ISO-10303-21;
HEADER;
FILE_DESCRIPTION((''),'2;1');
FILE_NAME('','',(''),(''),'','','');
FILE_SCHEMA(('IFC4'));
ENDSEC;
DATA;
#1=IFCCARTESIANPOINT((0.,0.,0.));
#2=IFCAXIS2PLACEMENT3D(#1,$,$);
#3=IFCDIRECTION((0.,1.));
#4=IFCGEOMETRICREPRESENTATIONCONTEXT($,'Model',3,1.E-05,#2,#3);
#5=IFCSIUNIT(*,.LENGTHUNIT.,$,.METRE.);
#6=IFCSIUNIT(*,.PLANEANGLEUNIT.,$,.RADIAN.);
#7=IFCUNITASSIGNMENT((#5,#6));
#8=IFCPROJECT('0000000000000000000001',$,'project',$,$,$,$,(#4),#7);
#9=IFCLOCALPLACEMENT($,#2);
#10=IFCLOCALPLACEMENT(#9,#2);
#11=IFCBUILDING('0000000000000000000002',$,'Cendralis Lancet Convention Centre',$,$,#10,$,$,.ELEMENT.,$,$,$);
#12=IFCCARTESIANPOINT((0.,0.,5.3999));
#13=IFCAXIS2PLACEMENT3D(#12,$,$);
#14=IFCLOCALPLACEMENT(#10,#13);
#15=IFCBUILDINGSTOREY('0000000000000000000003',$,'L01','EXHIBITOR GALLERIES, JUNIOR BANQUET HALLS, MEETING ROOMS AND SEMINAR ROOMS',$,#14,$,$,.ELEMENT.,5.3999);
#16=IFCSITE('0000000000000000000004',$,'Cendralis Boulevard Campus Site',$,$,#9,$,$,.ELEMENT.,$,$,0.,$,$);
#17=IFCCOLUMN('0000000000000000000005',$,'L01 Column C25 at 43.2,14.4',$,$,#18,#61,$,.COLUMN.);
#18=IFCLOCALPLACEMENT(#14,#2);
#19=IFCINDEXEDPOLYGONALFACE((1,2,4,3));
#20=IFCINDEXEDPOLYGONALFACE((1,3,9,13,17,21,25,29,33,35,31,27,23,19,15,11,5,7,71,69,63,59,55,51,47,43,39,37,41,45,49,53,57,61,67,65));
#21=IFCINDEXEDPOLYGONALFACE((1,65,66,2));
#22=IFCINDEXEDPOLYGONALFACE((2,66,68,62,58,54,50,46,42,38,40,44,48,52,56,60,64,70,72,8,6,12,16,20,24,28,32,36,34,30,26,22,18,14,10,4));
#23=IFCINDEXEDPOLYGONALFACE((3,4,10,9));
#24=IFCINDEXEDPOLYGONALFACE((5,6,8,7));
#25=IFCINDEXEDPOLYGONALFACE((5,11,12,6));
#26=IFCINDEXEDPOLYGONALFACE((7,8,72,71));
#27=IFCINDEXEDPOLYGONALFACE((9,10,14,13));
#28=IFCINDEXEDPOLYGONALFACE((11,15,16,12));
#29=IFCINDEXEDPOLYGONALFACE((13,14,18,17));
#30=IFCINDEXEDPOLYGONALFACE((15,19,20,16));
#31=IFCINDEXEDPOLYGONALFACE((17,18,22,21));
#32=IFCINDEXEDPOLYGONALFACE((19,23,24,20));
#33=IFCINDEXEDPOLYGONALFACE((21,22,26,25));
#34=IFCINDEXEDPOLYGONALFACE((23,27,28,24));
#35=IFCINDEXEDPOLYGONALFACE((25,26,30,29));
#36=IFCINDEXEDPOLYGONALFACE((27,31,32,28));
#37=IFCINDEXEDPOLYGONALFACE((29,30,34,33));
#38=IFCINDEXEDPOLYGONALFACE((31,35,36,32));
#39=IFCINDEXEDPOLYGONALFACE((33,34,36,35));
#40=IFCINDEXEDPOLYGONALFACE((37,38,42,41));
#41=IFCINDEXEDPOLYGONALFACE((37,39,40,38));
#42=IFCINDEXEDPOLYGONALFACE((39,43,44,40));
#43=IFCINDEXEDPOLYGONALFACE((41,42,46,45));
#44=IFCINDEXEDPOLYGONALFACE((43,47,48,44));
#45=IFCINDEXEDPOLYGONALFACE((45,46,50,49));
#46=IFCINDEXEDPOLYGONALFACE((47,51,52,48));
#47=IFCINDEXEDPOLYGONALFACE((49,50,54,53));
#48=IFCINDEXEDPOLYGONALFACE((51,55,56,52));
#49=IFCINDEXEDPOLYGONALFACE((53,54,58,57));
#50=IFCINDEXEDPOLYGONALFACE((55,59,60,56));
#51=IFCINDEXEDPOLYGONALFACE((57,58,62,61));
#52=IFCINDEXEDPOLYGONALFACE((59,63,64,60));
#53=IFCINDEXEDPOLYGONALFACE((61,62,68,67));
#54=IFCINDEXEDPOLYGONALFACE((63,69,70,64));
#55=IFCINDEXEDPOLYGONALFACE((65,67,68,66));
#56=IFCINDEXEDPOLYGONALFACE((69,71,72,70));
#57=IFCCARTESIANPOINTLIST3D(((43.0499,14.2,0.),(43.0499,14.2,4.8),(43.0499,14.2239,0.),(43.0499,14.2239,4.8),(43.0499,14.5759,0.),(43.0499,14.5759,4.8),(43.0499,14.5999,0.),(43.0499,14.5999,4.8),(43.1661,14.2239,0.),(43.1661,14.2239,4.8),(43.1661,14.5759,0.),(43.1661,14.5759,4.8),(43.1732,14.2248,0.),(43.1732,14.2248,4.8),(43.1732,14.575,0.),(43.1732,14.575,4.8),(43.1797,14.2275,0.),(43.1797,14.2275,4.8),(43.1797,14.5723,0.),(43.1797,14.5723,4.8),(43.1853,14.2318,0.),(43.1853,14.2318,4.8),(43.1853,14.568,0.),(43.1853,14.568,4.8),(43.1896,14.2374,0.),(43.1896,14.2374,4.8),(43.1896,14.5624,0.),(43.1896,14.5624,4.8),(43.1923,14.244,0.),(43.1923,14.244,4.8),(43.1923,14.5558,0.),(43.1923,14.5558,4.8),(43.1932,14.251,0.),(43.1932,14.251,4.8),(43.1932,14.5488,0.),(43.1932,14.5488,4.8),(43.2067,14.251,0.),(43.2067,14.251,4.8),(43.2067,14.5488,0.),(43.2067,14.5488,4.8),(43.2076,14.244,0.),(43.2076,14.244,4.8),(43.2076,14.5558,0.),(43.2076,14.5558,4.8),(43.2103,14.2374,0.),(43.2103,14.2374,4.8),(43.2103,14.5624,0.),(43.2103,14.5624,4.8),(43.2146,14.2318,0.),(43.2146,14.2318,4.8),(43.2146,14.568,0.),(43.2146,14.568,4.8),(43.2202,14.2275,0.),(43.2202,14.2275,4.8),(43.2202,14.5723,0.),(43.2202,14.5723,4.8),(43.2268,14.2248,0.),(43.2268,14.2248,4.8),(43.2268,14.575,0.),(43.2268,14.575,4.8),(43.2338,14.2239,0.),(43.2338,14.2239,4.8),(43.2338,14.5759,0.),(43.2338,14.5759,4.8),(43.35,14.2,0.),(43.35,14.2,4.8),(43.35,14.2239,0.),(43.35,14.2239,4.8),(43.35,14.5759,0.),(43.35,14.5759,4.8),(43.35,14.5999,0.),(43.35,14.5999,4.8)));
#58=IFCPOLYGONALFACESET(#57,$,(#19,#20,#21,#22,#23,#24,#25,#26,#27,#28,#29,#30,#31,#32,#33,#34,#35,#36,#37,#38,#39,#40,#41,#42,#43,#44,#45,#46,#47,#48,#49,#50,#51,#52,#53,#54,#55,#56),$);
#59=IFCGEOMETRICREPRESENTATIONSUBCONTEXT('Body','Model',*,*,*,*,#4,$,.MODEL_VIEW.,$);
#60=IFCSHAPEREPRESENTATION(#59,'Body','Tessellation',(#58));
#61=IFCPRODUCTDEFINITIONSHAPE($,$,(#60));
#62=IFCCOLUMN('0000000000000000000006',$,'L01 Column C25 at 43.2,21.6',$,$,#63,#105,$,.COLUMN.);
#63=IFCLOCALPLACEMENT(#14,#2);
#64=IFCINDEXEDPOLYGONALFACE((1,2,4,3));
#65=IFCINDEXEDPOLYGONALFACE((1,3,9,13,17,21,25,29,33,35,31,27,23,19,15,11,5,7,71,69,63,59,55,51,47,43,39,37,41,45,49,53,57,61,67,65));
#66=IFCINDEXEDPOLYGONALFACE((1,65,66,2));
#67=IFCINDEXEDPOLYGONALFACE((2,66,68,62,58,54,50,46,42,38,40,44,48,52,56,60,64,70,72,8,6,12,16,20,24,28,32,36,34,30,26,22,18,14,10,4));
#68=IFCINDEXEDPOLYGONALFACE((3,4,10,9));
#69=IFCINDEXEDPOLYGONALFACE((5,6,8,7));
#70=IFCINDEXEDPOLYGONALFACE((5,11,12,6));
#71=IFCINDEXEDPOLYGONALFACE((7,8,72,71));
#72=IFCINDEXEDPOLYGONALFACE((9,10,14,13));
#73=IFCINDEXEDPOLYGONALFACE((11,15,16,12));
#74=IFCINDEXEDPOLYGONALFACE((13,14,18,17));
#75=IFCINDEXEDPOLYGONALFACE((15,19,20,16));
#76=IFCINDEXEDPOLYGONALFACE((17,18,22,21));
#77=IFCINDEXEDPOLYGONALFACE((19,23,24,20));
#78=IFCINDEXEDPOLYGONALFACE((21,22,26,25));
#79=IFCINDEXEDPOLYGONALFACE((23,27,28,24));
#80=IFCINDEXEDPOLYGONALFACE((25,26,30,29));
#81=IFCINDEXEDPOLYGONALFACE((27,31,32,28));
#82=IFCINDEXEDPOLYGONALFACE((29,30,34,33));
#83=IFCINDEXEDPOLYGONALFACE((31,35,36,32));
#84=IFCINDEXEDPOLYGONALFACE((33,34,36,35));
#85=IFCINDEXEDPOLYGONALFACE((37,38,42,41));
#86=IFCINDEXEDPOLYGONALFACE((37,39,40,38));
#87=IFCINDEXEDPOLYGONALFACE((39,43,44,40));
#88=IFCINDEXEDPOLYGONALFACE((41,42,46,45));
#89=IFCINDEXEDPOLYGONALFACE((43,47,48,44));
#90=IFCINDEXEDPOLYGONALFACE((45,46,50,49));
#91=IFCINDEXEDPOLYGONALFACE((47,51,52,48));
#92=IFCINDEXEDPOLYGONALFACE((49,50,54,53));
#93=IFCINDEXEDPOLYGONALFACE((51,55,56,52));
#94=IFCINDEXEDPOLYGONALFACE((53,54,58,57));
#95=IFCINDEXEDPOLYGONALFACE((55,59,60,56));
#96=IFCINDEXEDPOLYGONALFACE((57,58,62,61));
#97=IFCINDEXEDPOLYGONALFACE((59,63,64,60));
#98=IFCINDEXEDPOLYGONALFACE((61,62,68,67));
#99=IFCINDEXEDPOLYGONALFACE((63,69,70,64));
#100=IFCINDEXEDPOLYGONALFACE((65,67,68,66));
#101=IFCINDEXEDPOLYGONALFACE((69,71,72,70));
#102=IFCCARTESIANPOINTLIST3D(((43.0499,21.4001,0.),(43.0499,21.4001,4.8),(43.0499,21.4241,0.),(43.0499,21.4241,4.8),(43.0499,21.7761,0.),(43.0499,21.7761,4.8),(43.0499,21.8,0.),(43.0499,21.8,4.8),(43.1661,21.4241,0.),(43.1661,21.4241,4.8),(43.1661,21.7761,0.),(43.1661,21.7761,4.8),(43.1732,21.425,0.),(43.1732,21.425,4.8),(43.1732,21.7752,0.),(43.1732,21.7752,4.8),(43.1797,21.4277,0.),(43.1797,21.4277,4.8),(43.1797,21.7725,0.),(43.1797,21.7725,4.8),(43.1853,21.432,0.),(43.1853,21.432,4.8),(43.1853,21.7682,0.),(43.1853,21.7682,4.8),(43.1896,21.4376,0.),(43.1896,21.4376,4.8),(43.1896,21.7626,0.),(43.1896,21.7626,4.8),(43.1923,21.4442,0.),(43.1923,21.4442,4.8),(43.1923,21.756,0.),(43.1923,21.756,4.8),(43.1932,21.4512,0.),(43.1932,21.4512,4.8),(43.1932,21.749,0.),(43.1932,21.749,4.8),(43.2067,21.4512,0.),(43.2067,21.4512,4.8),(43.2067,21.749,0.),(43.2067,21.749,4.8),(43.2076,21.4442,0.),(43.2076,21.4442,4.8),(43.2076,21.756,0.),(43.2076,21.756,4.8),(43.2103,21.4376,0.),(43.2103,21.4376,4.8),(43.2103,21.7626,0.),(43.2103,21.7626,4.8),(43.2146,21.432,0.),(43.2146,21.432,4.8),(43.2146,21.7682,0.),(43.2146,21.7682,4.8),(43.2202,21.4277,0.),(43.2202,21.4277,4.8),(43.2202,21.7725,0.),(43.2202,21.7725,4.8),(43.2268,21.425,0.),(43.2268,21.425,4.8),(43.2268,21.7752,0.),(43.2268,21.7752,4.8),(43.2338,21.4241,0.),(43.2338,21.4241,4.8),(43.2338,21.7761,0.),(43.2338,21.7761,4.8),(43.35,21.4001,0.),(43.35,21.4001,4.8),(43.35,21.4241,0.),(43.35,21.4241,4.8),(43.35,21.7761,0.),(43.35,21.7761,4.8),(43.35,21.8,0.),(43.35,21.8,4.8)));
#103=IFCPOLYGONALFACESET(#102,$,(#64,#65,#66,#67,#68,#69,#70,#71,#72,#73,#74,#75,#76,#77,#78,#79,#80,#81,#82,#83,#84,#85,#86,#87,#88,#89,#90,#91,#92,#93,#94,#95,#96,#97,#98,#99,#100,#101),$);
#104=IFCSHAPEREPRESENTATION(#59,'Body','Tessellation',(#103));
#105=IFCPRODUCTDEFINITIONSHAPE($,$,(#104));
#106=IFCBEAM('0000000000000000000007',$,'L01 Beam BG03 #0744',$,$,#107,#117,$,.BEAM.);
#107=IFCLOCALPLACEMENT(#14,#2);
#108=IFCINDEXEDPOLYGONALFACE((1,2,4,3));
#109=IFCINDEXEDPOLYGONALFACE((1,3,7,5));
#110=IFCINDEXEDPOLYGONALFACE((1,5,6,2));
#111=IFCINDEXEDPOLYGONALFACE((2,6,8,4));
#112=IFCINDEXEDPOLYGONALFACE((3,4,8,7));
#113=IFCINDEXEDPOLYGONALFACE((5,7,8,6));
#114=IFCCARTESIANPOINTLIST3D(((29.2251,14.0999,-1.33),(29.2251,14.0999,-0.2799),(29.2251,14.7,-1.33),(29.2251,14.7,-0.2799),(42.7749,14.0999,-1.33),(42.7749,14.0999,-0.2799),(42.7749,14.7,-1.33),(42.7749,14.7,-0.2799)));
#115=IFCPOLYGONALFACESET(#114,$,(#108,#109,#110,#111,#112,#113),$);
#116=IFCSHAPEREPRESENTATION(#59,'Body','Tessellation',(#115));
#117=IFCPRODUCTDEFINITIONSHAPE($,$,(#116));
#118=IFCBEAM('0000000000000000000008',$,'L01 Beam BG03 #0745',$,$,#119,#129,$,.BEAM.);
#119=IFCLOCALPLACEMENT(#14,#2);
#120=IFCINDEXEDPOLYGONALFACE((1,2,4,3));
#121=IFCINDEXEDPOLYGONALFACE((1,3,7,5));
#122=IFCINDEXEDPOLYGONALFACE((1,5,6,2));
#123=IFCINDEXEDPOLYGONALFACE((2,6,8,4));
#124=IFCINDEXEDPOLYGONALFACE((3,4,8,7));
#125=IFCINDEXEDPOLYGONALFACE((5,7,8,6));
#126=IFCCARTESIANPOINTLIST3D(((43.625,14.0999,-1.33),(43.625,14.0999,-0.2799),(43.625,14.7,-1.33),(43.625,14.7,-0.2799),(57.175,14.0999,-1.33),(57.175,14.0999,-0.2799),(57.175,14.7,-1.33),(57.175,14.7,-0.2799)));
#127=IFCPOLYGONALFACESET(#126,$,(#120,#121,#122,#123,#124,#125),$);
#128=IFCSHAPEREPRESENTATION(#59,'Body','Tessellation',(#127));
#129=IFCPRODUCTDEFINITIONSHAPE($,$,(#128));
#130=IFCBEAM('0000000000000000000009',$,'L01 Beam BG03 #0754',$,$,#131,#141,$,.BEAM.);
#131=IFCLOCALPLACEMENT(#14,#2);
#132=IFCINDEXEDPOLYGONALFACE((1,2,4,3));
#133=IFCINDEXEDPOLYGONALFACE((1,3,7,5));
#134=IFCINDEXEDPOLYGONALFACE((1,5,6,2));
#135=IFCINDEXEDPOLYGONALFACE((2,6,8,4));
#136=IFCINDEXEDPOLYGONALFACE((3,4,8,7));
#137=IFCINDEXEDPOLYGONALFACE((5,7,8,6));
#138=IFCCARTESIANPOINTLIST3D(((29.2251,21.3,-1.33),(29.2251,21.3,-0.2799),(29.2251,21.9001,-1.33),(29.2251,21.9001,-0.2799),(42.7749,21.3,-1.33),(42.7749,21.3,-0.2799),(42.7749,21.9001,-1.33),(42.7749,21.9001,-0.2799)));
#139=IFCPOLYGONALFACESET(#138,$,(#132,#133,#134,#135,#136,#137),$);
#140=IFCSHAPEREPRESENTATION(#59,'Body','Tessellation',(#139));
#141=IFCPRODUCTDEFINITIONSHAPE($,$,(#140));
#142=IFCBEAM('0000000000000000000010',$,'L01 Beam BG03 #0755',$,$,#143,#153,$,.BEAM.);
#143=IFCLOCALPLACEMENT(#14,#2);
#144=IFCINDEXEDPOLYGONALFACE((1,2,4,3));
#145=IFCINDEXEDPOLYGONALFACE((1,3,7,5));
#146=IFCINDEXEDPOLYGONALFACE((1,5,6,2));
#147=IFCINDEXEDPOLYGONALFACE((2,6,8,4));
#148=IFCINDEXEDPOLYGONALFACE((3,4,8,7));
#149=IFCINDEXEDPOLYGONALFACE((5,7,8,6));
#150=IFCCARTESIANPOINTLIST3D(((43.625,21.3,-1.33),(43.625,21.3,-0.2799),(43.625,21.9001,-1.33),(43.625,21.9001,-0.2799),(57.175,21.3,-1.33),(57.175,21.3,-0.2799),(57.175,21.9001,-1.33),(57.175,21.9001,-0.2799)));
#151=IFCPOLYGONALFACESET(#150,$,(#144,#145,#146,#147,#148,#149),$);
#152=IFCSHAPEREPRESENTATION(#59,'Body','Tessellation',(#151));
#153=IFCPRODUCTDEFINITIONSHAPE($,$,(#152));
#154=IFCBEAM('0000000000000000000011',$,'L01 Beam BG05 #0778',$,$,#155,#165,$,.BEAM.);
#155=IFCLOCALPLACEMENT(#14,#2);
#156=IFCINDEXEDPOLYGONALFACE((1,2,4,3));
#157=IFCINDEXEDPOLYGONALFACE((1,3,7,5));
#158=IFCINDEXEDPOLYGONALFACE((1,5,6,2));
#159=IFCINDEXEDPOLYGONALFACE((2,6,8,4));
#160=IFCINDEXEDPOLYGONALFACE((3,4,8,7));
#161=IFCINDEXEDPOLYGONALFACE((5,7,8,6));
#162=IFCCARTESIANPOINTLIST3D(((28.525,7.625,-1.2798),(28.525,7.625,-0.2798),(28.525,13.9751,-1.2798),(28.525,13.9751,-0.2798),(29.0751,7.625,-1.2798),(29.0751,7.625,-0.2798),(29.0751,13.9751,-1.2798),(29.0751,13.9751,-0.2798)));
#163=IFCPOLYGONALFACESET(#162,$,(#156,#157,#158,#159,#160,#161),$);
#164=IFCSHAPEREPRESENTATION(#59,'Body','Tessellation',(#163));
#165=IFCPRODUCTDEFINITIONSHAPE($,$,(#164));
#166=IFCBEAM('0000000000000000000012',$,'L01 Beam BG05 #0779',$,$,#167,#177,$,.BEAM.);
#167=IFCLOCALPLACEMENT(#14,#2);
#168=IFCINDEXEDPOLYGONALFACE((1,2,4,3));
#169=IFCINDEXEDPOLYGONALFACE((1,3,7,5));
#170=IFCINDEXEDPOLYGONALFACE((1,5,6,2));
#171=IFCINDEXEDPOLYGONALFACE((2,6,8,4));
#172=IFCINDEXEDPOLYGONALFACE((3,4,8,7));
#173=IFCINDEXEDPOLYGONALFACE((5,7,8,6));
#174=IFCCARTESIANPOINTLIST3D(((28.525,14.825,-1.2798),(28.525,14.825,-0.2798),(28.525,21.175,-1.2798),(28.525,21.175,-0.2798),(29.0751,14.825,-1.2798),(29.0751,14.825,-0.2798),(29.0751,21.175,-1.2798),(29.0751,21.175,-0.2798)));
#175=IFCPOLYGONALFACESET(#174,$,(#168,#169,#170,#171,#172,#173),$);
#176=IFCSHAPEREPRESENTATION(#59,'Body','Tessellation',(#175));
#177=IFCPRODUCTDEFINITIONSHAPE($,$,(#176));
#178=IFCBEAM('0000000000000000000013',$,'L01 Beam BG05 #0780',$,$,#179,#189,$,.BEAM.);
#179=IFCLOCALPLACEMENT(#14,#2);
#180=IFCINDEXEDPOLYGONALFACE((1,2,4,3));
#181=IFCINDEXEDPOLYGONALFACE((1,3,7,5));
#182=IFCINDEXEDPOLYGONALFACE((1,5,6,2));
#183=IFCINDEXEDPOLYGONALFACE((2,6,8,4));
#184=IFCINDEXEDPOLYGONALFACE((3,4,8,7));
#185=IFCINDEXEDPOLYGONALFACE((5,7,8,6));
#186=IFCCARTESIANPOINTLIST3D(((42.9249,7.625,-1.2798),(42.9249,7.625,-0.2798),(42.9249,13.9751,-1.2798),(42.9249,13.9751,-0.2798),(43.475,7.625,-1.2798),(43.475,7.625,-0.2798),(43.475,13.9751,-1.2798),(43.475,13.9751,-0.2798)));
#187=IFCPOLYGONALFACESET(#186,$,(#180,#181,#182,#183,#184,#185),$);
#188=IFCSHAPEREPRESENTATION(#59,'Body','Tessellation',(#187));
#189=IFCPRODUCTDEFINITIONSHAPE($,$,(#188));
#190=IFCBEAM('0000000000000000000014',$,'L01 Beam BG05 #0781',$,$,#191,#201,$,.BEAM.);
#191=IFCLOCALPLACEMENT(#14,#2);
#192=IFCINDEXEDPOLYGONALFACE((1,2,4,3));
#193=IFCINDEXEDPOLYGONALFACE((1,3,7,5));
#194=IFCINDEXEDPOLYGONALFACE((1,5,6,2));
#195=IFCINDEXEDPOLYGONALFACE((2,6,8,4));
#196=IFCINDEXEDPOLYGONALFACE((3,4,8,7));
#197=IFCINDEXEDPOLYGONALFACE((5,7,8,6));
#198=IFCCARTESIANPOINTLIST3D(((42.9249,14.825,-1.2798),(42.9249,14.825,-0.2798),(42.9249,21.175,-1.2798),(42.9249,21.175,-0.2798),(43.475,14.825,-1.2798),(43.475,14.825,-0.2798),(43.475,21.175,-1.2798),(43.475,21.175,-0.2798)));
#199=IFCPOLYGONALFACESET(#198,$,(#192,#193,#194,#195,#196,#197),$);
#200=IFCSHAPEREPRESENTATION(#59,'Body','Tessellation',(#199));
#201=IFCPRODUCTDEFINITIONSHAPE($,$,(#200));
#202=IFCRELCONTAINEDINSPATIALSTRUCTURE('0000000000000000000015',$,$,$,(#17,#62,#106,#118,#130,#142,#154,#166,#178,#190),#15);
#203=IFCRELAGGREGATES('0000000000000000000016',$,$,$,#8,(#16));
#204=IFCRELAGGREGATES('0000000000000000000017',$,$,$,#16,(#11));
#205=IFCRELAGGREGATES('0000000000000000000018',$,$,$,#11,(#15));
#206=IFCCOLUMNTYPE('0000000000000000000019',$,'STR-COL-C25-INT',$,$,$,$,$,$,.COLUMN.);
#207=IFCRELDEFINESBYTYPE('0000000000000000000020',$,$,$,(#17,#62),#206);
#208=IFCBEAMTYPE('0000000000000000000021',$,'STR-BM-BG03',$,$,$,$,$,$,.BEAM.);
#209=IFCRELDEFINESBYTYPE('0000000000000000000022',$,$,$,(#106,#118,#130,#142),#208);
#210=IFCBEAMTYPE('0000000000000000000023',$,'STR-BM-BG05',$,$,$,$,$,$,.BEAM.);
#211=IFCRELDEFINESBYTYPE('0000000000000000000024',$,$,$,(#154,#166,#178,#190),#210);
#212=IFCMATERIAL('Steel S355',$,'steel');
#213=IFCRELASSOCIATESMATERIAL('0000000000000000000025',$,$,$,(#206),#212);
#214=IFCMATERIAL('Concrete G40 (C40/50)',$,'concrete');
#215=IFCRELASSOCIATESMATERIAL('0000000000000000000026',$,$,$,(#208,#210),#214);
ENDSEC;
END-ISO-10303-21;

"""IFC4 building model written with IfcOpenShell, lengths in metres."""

from ifc_helpers import new_model, si_unit, direction, frame, origin, origin_2d, place, context, subcontext, project, spatial, rectangle, i_section, extrude, material, material_profile, profile_set, type_object, element, save


model = new_model("IFC4")

# Units and contexts
model_context = context("Model", 3, precision=1e-05, world=origin(), true_north=direction((0.0, 1.0)))
body_context = subcontext(model_context, "Body", "Model", "MODEL_VIEW")
ifc_project = project(units=[si_unit("LENGTHUNIT", "METRE"), si_unit("PLANEANGLEUNIT", "RADIAN")], contexts=[model_context])

# Site, building, storey
site_placement = place(None, origin())
site = spatial("IfcSite", under=ifc_project, at=site_placement, Name="Cendralis Boulevard Campus Site", CompositionType="ELEMENT", RefElevation=0.0)
building_placement = place(site_placement, origin())
building = spatial("IfcBuilding", under=site, at=building_placement, Name="Cendralis Lancet Convention Centre", CompositionType="ELEMENT")
storey_placement = place(building_placement, frame((0.0, 0.0, 5.3999)))
storey = spatial("IfcBuildingStorey", under=building, at=storey_placement, Name="L01", Description="EXHIBITOR GALLERIES, JUNIOR BANQUET HALLS, MEETING ROOMS AND SEMINAR ROOMS", CompositionType="ELEMENT", Elevation=5.3999)

# Columns
ifc_material_1 = material(Name="Steel S355", Category="steel")
ifc_material_profile_1 = material_profile(ifc_material_1, i_section(OverallWidth=0.3, OverallDepth=0.3999, WebThickness=0.0134, FlangeThickness=0.0239, FilletRadius=0.0271, at=origin_2d()), Name="HEB 400")
ifc_profile_set_1 = profile_set([ifc_material_profile_1], Name="Steel S355")
column_type = type_object("IfcColumnType", Name="STR-COL-C25-INT", PredefinedType="COLUMN", material=ifc_profile_set_1)
for number, where, z_axis, x_axis, name in (
    (1, (43.2, 14.3999, 0.0), (0.0, 0.0, 1.0), (1.0, 0.0, 0.0), "L01 Column C25 at 43.2,14.4"),
    (2, (43.2, 21.6001, 0.0), (0.0, 0.0, 1.0), (1.0, 0.0, 0.0), "L01 Column C25 at 43.2,21.6"),
):
    element("IfcColumn", number, at=place(storey_placement, frame(where, z_axis=z_axis, x_axis=x_axis)), inside=storey, type_object=column_type, Name=name, PredefinedType="COLUMN", context=body_context, shape_type="SweptSolid", body=[
        extrude(i_section(OverallWidth=0.3, OverallDepth=0.3999, WebThickness=0.0134, FlangeThickness=0.0239, FilletRadius=0.0271, at=origin_2d()), origin(), (0.0, 0.0, 1.0), 4.8),
    ])

# Beams
ifc_material_2 = material(Name="Concrete G40 (C40/50)", Category="concrete")
ifc_material_profile_2 = material_profile(ifc_material_2, rectangle(XDim=0.6001, YDim=1.05, at=origin_2d()), Name="RCB 600x1050")
ifc_profile_set_2 = profile_set([ifc_material_profile_2], Name="Concrete G40 (C40/50)")
beam_type_1 = type_object("IfcBeamType", Name="STR-BM-BG03", PredefinedType="BEAM", material=ifc_profile_set_2)
beam_1_placement = place(storey_placement, frame((29.2251, 14.3999, -0.8049), z_axis=(1.0, 0.0, 0.0), x_axis=(0.0, 1.0, 0.0)))
element("IfcBeam", 3, at=beam_1_placement, inside=storey, type_object=beam_type_1, Name="L01 Beam BG03 #0744", PredefinedType="BEAM", context=body_context, shape_type="SweptSolid", body=[
    extrude(rectangle(XDim=0.6001, YDim=1.05, at=origin_2d()), origin(), (0.0, 0.0, 1.0), 13.5498),
])
beam_2_placement = place(storey_placement, frame((43.625, 14.3999, -0.8049), z_axis=(1.0, 0.0, 0.0), x_axis=(0.0, 1.0, 0.0)))
element("IfcBeam", 4, at=beam_2_placement, inside=storey, type_object=beam_type_1, Name="L01 Beam BG03 #0745", PredefinedType="BEAM", context=body_context, shape_type="SweptSolid", body=[
    extrude(rectangle(XDim=0.6001, YDim=1.05, at=origin_2d()), origin(), (0.0, 0.0, 1.0), 13.55),
])
beam_3_placement = place(storey_placement, frame((29.2251, 21.6001, -0.8049), z_axis=(1.0, 0.0, 0.0), x_axis=(0.0, 1.0, 0.0)))
element("IfcBeam", 5, at=beam_3_placement, inside=storey, type_object=beam_type_1, Name="L01 Beam BG03 #0754", PredefinedType="BEAM", context=body_context, shape_type="SweptSolid", body=[
    extrude(rectangle(XDim=0.6001, YDim=1.05, at=origin_2d()), origin(), (0.0, 0.0, 1.0), 13.5498),
])
beam_4_placement = place(storey_placement, frame((43.625, 21.6001, -0.8049), z_axis=(1.0, 0.0, 0.0), x_axis=(0.0, 1.0, 0.0)))
element("IfcBeam", 6, at=beam_4_placement, inside=storey, type_object=beam_type_1, Name="L01 Beam BG03 #0755", PredefinedType="BEAM", context=body_context, shape_type="SweptSolid", body=[
    extrude(rectangle(XDim=0.6001, YDim=1.05, at=origin_2d()), origin(), (0.0, 0.0, 1.0), 13.55),
])
ifc_material_profile_3 = material_profile(ifc_material_2, rectangle(XDim=0.55, YDim=1.0, at=origin_2d()), Name="RCB 550x1000")
ifc_profile_set_3 = profile_set([ifc_material_profile_3], Name="Concrete G40 (C40/50)")
beam_type_2 = type_object("IfcBeamType", Name="STR-BM-BG05", PredefinedType="BEAM", material=ifc_profile_set_3)
for number, where, z_axis, x_axis, name in (
    (7, (28.8, 7.625, -0.7798), (0.0, 1.0, 0.0), (-1.0, 0.0, 0.0), "L01 Beam BG05 #0778"),
    (8, (28.8, 14.825, -0.7798), (0.0, 1.0, 0.0), (-1.0, 0.0, 0.0), "L01 Beam BG05 #0779"),
    (9, (43.2, 7.625, -0.7798), (0.0, 1.0, 0.0), (-1.0, 0.0, 0.0), "L01 Beam BG05 #0780"),
    (10, (43.2, 14.825, -0.7798), (0.0, 1.0, 0.0), (-1.0, 0.0, 0.0), "L01 Beam BG05 #0781"),
):
    element("IfcBeam", number, at=place(storey_placement, frame(where, z_axis=z_axis, x_axis=x_axis)), inside=storey, type_object=beam_type_2, Name=name, PredefinedType="BEAM", context=body_context, shape_type="SweptSolid", body=[
        extrude(rectangle(XDim=0.55, YDim=1.0, at=origin_2d()), origin(), (0.0, 0.0, 1.0), 6.3501),
    ])

save(model, "model.ifc")
